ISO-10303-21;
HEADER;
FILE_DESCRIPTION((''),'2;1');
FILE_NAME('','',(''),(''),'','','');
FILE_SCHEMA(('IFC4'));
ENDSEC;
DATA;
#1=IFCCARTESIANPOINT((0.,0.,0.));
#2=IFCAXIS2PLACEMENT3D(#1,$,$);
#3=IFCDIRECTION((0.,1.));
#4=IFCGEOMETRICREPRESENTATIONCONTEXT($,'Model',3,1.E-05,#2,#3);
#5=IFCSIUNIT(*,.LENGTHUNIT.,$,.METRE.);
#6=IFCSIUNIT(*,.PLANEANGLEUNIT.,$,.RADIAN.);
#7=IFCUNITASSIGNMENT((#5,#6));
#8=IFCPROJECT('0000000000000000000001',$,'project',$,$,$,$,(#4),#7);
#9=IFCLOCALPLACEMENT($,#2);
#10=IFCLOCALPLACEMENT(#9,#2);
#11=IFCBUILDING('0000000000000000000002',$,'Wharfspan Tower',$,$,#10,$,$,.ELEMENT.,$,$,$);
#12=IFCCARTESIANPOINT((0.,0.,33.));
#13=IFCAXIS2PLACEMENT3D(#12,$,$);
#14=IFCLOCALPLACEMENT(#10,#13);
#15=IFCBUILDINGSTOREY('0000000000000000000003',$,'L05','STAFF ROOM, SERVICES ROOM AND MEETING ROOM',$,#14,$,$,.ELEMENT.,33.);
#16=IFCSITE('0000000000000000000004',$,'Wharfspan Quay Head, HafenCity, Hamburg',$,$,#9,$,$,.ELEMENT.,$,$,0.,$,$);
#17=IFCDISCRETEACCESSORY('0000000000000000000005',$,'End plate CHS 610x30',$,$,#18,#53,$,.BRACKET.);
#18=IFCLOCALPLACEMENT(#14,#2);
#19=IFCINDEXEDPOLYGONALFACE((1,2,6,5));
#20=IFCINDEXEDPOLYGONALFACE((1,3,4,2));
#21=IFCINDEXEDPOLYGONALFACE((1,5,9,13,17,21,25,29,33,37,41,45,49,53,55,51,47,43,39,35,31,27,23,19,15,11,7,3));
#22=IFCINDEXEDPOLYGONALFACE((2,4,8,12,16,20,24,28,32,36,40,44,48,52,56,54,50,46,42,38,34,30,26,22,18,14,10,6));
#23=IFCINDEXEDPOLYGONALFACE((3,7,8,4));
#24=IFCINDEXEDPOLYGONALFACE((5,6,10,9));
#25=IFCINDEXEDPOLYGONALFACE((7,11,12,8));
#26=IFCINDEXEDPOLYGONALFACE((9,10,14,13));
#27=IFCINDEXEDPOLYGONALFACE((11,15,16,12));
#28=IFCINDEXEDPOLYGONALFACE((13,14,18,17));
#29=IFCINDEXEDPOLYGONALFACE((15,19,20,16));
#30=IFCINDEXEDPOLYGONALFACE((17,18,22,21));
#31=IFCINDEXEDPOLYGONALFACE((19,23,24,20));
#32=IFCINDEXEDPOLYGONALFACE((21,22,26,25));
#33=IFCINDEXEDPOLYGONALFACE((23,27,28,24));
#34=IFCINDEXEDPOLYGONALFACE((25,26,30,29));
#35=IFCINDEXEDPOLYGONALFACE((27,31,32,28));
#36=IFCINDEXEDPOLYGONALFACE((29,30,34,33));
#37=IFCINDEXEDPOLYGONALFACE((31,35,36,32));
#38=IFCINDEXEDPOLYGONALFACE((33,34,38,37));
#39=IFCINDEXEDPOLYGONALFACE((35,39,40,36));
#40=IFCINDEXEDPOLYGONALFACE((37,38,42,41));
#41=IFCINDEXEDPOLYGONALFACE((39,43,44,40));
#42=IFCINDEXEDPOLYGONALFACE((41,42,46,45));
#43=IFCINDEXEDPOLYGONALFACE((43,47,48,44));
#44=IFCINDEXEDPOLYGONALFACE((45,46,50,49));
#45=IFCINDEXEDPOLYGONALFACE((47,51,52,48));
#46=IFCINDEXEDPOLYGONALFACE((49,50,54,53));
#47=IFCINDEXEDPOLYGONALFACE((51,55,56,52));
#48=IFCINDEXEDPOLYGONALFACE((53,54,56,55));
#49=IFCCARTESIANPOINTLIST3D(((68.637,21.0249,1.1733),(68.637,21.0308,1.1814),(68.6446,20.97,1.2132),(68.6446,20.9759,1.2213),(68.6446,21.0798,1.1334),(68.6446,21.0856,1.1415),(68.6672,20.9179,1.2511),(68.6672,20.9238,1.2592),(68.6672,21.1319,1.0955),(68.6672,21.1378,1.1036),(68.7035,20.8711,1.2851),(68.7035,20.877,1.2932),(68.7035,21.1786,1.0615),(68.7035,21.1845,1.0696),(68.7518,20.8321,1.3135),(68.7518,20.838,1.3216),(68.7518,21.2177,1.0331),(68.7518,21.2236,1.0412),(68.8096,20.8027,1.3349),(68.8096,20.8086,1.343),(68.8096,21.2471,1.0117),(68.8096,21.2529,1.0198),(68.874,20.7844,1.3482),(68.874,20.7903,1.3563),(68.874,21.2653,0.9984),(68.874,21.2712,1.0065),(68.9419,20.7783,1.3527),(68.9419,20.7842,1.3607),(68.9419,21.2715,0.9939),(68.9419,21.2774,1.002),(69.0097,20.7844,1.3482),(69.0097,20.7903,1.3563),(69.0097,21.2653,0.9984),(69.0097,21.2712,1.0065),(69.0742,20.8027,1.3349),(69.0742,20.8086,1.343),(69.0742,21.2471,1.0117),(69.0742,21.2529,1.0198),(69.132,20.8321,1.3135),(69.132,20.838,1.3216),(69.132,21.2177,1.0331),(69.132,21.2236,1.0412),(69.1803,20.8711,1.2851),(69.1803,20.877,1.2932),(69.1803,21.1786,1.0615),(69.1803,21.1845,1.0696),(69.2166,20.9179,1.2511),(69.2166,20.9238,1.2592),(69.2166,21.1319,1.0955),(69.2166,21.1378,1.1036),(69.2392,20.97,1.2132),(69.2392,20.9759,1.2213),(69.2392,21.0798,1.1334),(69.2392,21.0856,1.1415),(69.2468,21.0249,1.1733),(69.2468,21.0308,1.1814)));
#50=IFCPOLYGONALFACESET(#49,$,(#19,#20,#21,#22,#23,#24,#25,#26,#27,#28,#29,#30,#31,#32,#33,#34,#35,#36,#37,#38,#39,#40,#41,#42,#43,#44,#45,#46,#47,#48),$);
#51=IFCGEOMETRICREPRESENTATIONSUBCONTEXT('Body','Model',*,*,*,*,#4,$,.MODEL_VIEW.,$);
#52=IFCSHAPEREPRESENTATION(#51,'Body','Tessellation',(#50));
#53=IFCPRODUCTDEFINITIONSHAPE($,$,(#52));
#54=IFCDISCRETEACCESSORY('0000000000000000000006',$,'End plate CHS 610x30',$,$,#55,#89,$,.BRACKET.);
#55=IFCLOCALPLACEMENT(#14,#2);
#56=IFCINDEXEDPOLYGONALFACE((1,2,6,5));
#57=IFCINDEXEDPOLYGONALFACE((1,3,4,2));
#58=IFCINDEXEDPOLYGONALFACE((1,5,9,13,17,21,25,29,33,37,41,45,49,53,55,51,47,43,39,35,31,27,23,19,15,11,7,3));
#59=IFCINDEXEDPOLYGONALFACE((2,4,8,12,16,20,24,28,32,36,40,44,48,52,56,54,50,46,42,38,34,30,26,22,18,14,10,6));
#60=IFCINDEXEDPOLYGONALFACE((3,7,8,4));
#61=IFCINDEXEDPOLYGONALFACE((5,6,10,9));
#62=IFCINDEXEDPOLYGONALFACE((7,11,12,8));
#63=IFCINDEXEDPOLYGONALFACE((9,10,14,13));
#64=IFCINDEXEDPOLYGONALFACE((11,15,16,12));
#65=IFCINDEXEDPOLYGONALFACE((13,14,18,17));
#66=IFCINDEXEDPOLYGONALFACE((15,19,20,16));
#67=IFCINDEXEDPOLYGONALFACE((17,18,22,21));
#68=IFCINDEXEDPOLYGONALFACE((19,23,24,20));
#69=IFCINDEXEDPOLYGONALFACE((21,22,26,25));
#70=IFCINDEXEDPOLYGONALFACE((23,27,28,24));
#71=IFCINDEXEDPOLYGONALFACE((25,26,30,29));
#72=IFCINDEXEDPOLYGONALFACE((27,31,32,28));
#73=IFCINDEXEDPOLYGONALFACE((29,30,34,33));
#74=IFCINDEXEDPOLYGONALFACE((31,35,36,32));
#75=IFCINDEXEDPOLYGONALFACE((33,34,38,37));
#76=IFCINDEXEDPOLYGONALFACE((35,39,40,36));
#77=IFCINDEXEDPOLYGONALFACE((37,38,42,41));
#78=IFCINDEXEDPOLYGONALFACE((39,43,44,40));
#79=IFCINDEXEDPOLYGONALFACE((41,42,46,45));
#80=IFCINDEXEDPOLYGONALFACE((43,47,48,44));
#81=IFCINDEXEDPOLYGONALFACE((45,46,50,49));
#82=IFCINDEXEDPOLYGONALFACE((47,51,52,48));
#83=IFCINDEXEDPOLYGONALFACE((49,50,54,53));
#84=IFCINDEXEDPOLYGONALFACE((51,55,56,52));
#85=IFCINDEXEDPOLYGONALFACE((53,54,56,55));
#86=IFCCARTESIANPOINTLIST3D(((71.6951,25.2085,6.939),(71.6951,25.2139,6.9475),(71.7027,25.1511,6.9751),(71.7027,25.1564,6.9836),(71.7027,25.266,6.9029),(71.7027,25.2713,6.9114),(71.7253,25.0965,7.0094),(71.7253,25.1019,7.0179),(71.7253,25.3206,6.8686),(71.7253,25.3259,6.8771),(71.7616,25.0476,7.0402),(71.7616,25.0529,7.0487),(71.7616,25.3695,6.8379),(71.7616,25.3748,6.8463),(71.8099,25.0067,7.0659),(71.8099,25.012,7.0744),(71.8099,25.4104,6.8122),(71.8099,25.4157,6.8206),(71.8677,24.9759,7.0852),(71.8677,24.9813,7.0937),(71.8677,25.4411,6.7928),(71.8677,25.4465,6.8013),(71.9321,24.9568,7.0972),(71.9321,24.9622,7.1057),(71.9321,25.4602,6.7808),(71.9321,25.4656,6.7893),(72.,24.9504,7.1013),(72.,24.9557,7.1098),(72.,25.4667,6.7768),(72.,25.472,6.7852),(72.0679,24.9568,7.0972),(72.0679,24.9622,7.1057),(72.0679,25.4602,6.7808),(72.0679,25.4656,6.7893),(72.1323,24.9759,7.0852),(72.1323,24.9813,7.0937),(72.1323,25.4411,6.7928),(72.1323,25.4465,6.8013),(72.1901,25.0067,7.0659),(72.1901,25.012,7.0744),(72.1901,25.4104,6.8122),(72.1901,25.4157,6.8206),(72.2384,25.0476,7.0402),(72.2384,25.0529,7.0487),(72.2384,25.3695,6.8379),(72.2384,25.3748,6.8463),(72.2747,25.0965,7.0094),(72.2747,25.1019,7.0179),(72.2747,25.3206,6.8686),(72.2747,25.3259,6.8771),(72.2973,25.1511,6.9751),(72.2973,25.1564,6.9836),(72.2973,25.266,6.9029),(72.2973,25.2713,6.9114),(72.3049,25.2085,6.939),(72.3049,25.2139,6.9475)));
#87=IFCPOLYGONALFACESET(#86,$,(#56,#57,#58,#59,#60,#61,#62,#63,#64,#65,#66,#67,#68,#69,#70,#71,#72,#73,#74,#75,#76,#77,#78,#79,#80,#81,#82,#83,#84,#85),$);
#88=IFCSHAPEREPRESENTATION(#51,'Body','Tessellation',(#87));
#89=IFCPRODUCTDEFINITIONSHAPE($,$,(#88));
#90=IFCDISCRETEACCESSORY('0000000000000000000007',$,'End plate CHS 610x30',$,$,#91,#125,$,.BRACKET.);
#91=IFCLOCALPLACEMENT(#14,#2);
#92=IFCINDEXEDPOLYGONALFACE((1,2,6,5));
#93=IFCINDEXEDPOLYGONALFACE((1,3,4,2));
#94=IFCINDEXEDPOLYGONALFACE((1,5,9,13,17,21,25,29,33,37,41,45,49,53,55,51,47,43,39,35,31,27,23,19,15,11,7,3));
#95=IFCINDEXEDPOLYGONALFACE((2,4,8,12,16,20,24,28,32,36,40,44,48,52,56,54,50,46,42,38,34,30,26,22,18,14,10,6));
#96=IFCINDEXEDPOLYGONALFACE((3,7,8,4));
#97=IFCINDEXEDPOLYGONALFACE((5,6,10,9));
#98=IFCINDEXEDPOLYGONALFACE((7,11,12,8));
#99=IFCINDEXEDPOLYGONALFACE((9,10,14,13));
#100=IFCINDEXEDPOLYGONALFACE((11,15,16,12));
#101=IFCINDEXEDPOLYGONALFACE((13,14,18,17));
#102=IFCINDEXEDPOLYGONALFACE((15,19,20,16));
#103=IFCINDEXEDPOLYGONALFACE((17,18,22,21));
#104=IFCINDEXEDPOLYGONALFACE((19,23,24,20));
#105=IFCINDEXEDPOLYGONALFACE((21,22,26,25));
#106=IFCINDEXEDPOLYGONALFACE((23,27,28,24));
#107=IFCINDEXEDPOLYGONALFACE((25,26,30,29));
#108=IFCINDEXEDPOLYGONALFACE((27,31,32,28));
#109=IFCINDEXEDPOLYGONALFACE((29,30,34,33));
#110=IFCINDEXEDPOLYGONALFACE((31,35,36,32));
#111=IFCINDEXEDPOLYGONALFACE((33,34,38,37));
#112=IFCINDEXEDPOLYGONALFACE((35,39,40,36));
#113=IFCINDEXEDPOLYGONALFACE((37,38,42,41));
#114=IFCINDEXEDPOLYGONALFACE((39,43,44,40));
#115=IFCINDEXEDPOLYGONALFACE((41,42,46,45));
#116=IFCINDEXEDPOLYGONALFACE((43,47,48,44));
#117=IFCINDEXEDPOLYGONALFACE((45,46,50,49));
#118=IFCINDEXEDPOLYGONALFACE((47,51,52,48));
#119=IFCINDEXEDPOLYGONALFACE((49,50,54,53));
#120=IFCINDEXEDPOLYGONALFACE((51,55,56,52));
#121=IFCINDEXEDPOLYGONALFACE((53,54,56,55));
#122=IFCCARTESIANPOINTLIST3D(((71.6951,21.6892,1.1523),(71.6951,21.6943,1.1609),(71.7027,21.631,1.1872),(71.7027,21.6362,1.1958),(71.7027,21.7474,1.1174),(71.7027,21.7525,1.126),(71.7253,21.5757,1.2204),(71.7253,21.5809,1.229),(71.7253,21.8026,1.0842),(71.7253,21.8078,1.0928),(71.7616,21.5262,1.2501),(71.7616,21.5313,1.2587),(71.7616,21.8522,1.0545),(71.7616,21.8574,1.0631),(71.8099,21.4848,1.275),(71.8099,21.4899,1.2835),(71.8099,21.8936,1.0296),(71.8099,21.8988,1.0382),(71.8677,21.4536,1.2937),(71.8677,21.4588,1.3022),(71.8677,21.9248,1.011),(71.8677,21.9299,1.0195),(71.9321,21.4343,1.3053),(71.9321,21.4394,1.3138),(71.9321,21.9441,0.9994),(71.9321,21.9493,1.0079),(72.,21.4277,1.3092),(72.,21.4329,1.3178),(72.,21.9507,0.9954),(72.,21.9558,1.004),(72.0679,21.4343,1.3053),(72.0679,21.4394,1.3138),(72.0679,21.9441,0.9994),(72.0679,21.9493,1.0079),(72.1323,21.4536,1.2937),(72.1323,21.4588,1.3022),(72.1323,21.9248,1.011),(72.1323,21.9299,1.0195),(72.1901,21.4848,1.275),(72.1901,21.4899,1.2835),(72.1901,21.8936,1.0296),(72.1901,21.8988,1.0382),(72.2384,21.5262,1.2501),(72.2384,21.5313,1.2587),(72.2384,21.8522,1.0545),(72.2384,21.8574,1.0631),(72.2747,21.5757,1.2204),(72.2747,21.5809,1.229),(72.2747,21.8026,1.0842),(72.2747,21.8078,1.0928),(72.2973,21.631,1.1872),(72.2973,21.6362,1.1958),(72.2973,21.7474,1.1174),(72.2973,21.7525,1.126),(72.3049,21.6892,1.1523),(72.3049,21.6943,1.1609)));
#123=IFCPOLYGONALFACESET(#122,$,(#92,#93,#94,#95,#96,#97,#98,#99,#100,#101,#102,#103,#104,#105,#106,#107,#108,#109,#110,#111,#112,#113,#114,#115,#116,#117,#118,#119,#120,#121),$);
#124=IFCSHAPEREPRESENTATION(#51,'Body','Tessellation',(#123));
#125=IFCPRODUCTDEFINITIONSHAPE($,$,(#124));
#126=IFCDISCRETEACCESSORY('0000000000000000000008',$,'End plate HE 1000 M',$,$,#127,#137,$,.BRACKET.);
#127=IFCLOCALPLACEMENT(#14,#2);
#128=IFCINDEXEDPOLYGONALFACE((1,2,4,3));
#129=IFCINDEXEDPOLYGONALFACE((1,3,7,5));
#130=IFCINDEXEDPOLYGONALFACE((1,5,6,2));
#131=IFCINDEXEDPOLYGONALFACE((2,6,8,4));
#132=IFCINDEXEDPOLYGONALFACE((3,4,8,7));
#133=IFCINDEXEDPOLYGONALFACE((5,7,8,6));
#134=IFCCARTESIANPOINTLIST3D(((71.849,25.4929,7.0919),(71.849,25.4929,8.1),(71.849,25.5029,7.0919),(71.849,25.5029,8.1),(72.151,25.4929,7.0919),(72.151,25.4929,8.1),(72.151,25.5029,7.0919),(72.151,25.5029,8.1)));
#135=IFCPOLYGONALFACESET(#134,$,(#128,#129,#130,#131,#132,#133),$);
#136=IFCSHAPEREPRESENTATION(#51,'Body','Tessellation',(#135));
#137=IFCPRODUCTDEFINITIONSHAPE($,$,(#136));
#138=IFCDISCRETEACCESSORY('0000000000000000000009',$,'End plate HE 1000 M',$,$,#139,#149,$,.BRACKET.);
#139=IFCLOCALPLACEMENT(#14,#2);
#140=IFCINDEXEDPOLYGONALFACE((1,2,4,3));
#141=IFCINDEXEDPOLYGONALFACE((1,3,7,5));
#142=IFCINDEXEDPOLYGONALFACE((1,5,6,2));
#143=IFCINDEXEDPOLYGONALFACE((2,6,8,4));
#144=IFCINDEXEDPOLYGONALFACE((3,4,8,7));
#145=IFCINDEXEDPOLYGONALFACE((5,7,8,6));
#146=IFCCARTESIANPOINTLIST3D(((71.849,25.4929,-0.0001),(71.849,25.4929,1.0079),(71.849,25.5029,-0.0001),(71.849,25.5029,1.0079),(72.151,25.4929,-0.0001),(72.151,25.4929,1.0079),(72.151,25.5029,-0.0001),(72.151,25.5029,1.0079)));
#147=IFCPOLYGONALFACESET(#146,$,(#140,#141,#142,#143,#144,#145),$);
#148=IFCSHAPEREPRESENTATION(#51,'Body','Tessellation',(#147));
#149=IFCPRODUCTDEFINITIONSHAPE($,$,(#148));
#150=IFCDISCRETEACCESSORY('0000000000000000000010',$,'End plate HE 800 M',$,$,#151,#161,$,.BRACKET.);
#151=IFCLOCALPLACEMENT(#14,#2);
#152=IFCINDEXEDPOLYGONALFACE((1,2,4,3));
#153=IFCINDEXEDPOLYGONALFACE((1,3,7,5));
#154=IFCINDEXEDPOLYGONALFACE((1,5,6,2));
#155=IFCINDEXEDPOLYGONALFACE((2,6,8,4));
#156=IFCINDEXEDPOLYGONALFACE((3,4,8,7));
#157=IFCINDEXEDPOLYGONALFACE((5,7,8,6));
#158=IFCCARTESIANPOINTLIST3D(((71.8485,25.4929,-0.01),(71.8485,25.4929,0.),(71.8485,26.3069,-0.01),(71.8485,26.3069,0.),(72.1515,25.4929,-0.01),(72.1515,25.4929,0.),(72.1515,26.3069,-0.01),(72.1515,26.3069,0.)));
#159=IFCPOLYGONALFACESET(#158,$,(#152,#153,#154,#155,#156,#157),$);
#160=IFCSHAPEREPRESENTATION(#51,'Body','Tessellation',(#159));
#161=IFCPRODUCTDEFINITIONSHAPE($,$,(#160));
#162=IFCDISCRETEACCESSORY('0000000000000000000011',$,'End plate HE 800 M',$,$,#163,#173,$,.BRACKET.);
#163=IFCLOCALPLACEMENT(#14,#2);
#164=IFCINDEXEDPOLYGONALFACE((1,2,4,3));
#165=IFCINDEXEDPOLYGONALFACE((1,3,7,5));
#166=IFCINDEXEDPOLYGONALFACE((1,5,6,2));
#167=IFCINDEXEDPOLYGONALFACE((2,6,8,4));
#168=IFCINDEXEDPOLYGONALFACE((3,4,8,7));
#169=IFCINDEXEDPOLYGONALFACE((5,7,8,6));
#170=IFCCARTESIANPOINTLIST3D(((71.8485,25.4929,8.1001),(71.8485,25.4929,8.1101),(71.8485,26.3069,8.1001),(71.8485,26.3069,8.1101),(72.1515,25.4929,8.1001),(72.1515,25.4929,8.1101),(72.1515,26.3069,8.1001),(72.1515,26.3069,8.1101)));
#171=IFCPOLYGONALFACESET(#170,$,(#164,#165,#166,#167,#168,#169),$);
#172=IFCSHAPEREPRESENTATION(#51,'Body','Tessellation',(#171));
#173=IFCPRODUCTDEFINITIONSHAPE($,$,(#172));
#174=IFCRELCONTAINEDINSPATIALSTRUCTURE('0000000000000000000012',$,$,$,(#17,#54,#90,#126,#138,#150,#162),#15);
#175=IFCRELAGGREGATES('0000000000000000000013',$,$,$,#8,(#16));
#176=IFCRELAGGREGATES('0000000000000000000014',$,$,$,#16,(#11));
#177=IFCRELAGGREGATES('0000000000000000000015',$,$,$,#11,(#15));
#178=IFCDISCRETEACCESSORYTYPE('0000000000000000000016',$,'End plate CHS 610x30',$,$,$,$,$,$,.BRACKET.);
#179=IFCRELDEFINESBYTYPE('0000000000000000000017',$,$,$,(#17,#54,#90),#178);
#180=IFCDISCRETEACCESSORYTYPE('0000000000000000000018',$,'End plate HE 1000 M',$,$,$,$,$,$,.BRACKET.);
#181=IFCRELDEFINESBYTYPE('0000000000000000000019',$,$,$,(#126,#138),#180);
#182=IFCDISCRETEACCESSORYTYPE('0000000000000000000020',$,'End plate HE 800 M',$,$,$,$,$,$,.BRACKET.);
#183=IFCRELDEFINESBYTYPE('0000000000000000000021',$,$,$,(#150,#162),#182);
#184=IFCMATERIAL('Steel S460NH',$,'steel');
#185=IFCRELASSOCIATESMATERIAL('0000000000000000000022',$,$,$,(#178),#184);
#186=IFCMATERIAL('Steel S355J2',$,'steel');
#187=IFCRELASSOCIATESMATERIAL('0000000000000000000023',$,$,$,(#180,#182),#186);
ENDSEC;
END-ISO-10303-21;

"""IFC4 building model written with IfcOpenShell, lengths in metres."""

from ifc_helpers import new_model, si_unit, direction, frame, origin, origin_2d, place, context, subcontext, project, spatial, rectangle, circle, extrude, material, material_profile, profile_set, type_object, element, save


model = new_model("IFC4")

# Units and contexts
model_context = context("Model", 3, precision=1e-05, world=origin(), true_north=direction((0.0, 1.0)))
body_context = subcontext(model_context, "Body", "Model", "MODEL_VIEW")
ifc_project = project(units=[si_unit("LENGTHUNIT", "METRE"), si_unit("PLANEANGLEUNIT", "RADIAN")], contexts=[model_context])

# Site, building, storey
site_placement = place(None, origin())
site = spatial("IfcSite", under=ifc_project, at=site_placement, Name="Wharfspan Quay Head, HafenCity, Hamburg", CompositionType="ELEMENT", RefElevation=0.0)
building_placement = place(site_placement, origin())
building = spatial("IfcBuilding", under=site, at=building_placement, Name="Wharfspan Tower", CompositionType="ELEMENT")
storey_placement = place(building_placement, frame((0.0, 0.0, 33.0)))
storey = spatial("IfcBuildingStorey", under=building, at=storey_placement, Name="L05", Description="STAFF ROOM, SERVICES ROOM AND MEETING ROOM", CompositionType="ELEMENT", Elevation=33.0)

# Shared definitions
ifc_material_1 = material(Name="Steel S460NH", Category="steel")

# Shared definitions
ifc_material_2 = material(Name="Steel S355J2", Category="steel")

# Discrete accessories
ifc_material_profile_1 = material_profile(ifc_material_1, circle(Radius=0.3049, at=origin_2d()))
ifc_profile_set_1 = profile_set([ifc_material_profile_1], Name="Steel S460NH")
discrete_accessory_type_1 = type_object("IfcDiscreteAccessoryType", Name="End plate CHS 610x30", PredefinedType="BRACKET", material=ifc_profile_set_1)
for number, where, z_axis, x_axis, name in (
    (1, (68.9419, 21.0308, 1.1814), (0.0, -0.588172, -0.808736), (1.0, 0.0, 0.0), "End plate CHS 610x30"),
    (2, (72.0, 25.2139, 6.9475), (0.0, -0.532172, -0.846637), (1.0, 0.0, 0.0), "End plate CHS 610x30"),
    (3, (72.0, 21.6943, 1.1609), (0.0, -0.514496, -0.857493), (1.0, 0.0, 0.0), "End plate CHS 610x30"),
):
    element("IfcDiscreteAccessory", number, at=place(storey_placement, frame(where, z_axis=z_axis, x_axis=x_axis)), inside=storey, type_object=discrete_accessory_type_1, Name=name, PredefinedType="BRACKET", context=body_context, shape_type="SweptSolid", body=[
        extrude(circle(Radius=0.3049, at=origin_2d()), origin(), (0.0, 0.0, 1.0), 0.01),
    ])
ifc_material_profile_2 = material_profile(ifc_material_2, rectangle(XDim=0.302, YDim=1.0081, at=origin_2d()))
ifc_profile_set_2 = profile_set([ifc_material_profile_2], Name="Steel S355J2")
discrete_accessory_type_2 = type_object("IfcDiscreteAccessoryType", Name="End plate HE 1000 M", PredefinedType="BRACKET", material=ifc_profile_set_2)
for number, where, z_axis, x_axis, name in (
    (4, (72.0, 25.4929, 7.5959), (0.0, 1.0, 0.0), (-1.0, 0.0, 0.0), "End plate HE 1000 M"),
    (5, (72.0, 25.4929, 0.5039), (0.0, 1.0, 0.0), (-1.0, 0.0, 0.0), "End plate HE 1000 M"),
):
    element("IfcDiscreteAccessory", number, at=place(storey_placement, frame(where, z_axis=z_axis, x_axis=x_axis)), inside=storey, type_object=discrete_accessory_type_2, Name=name, PredefinedType="BRACKET", context=body_context, shape_type="SweptSolid", body=[
        extrude(rectangle(XDim=0.302, YDim=1.0081, at=origin_2d()), origin(), (0.0, 0.0, 1.0), 0.01),
    ])
ifc_material_profile_3 = material_profile(ifc_material_2, rectangle(XDim=0.303, YDim=0.814, at=origin_2d()))
ifc_profile_set_3 = profile_set([ifc_material_profile_3], Name="Steel S355J2")
discrete_accessory_type_3 = type_object("IfcDiscreteAccessoryType", Name="End plate HE 800 M", PredefinedType="BRACKET", material=ifc_profile_set_3)
for number, where, z_axis, x_axis, name in (
    (6, (72.0, 25.8999, -0.01), (0.0, 0.0, 1.0), (1.0, 0.0, 0.0), "End plate HE 800 M"),
    (7, (72.0, 25.8999, 8.1001), (0.0, 0.0, 1.0), (1.0, 0.0, 0.0), "End plate HE 800 M"),
):
    element("IfcDiscreteAccessory", number, at=place(storey_placement, frame(where, z_axis=z_axis, x_axis=x_axis)), inside=storey, type_object=discrete_accessory_type_3, Name=name, PredefinedType="BRACKET", context=body_context, shape_type="SweptSolid", body=[
        extrude(rectangle(XDim=0.303, YDim=0.814, at=origin_2d()), origin(), (0.0, 0.0, 1.0), 0.01),
    ])

save(model, "model.ifc")
